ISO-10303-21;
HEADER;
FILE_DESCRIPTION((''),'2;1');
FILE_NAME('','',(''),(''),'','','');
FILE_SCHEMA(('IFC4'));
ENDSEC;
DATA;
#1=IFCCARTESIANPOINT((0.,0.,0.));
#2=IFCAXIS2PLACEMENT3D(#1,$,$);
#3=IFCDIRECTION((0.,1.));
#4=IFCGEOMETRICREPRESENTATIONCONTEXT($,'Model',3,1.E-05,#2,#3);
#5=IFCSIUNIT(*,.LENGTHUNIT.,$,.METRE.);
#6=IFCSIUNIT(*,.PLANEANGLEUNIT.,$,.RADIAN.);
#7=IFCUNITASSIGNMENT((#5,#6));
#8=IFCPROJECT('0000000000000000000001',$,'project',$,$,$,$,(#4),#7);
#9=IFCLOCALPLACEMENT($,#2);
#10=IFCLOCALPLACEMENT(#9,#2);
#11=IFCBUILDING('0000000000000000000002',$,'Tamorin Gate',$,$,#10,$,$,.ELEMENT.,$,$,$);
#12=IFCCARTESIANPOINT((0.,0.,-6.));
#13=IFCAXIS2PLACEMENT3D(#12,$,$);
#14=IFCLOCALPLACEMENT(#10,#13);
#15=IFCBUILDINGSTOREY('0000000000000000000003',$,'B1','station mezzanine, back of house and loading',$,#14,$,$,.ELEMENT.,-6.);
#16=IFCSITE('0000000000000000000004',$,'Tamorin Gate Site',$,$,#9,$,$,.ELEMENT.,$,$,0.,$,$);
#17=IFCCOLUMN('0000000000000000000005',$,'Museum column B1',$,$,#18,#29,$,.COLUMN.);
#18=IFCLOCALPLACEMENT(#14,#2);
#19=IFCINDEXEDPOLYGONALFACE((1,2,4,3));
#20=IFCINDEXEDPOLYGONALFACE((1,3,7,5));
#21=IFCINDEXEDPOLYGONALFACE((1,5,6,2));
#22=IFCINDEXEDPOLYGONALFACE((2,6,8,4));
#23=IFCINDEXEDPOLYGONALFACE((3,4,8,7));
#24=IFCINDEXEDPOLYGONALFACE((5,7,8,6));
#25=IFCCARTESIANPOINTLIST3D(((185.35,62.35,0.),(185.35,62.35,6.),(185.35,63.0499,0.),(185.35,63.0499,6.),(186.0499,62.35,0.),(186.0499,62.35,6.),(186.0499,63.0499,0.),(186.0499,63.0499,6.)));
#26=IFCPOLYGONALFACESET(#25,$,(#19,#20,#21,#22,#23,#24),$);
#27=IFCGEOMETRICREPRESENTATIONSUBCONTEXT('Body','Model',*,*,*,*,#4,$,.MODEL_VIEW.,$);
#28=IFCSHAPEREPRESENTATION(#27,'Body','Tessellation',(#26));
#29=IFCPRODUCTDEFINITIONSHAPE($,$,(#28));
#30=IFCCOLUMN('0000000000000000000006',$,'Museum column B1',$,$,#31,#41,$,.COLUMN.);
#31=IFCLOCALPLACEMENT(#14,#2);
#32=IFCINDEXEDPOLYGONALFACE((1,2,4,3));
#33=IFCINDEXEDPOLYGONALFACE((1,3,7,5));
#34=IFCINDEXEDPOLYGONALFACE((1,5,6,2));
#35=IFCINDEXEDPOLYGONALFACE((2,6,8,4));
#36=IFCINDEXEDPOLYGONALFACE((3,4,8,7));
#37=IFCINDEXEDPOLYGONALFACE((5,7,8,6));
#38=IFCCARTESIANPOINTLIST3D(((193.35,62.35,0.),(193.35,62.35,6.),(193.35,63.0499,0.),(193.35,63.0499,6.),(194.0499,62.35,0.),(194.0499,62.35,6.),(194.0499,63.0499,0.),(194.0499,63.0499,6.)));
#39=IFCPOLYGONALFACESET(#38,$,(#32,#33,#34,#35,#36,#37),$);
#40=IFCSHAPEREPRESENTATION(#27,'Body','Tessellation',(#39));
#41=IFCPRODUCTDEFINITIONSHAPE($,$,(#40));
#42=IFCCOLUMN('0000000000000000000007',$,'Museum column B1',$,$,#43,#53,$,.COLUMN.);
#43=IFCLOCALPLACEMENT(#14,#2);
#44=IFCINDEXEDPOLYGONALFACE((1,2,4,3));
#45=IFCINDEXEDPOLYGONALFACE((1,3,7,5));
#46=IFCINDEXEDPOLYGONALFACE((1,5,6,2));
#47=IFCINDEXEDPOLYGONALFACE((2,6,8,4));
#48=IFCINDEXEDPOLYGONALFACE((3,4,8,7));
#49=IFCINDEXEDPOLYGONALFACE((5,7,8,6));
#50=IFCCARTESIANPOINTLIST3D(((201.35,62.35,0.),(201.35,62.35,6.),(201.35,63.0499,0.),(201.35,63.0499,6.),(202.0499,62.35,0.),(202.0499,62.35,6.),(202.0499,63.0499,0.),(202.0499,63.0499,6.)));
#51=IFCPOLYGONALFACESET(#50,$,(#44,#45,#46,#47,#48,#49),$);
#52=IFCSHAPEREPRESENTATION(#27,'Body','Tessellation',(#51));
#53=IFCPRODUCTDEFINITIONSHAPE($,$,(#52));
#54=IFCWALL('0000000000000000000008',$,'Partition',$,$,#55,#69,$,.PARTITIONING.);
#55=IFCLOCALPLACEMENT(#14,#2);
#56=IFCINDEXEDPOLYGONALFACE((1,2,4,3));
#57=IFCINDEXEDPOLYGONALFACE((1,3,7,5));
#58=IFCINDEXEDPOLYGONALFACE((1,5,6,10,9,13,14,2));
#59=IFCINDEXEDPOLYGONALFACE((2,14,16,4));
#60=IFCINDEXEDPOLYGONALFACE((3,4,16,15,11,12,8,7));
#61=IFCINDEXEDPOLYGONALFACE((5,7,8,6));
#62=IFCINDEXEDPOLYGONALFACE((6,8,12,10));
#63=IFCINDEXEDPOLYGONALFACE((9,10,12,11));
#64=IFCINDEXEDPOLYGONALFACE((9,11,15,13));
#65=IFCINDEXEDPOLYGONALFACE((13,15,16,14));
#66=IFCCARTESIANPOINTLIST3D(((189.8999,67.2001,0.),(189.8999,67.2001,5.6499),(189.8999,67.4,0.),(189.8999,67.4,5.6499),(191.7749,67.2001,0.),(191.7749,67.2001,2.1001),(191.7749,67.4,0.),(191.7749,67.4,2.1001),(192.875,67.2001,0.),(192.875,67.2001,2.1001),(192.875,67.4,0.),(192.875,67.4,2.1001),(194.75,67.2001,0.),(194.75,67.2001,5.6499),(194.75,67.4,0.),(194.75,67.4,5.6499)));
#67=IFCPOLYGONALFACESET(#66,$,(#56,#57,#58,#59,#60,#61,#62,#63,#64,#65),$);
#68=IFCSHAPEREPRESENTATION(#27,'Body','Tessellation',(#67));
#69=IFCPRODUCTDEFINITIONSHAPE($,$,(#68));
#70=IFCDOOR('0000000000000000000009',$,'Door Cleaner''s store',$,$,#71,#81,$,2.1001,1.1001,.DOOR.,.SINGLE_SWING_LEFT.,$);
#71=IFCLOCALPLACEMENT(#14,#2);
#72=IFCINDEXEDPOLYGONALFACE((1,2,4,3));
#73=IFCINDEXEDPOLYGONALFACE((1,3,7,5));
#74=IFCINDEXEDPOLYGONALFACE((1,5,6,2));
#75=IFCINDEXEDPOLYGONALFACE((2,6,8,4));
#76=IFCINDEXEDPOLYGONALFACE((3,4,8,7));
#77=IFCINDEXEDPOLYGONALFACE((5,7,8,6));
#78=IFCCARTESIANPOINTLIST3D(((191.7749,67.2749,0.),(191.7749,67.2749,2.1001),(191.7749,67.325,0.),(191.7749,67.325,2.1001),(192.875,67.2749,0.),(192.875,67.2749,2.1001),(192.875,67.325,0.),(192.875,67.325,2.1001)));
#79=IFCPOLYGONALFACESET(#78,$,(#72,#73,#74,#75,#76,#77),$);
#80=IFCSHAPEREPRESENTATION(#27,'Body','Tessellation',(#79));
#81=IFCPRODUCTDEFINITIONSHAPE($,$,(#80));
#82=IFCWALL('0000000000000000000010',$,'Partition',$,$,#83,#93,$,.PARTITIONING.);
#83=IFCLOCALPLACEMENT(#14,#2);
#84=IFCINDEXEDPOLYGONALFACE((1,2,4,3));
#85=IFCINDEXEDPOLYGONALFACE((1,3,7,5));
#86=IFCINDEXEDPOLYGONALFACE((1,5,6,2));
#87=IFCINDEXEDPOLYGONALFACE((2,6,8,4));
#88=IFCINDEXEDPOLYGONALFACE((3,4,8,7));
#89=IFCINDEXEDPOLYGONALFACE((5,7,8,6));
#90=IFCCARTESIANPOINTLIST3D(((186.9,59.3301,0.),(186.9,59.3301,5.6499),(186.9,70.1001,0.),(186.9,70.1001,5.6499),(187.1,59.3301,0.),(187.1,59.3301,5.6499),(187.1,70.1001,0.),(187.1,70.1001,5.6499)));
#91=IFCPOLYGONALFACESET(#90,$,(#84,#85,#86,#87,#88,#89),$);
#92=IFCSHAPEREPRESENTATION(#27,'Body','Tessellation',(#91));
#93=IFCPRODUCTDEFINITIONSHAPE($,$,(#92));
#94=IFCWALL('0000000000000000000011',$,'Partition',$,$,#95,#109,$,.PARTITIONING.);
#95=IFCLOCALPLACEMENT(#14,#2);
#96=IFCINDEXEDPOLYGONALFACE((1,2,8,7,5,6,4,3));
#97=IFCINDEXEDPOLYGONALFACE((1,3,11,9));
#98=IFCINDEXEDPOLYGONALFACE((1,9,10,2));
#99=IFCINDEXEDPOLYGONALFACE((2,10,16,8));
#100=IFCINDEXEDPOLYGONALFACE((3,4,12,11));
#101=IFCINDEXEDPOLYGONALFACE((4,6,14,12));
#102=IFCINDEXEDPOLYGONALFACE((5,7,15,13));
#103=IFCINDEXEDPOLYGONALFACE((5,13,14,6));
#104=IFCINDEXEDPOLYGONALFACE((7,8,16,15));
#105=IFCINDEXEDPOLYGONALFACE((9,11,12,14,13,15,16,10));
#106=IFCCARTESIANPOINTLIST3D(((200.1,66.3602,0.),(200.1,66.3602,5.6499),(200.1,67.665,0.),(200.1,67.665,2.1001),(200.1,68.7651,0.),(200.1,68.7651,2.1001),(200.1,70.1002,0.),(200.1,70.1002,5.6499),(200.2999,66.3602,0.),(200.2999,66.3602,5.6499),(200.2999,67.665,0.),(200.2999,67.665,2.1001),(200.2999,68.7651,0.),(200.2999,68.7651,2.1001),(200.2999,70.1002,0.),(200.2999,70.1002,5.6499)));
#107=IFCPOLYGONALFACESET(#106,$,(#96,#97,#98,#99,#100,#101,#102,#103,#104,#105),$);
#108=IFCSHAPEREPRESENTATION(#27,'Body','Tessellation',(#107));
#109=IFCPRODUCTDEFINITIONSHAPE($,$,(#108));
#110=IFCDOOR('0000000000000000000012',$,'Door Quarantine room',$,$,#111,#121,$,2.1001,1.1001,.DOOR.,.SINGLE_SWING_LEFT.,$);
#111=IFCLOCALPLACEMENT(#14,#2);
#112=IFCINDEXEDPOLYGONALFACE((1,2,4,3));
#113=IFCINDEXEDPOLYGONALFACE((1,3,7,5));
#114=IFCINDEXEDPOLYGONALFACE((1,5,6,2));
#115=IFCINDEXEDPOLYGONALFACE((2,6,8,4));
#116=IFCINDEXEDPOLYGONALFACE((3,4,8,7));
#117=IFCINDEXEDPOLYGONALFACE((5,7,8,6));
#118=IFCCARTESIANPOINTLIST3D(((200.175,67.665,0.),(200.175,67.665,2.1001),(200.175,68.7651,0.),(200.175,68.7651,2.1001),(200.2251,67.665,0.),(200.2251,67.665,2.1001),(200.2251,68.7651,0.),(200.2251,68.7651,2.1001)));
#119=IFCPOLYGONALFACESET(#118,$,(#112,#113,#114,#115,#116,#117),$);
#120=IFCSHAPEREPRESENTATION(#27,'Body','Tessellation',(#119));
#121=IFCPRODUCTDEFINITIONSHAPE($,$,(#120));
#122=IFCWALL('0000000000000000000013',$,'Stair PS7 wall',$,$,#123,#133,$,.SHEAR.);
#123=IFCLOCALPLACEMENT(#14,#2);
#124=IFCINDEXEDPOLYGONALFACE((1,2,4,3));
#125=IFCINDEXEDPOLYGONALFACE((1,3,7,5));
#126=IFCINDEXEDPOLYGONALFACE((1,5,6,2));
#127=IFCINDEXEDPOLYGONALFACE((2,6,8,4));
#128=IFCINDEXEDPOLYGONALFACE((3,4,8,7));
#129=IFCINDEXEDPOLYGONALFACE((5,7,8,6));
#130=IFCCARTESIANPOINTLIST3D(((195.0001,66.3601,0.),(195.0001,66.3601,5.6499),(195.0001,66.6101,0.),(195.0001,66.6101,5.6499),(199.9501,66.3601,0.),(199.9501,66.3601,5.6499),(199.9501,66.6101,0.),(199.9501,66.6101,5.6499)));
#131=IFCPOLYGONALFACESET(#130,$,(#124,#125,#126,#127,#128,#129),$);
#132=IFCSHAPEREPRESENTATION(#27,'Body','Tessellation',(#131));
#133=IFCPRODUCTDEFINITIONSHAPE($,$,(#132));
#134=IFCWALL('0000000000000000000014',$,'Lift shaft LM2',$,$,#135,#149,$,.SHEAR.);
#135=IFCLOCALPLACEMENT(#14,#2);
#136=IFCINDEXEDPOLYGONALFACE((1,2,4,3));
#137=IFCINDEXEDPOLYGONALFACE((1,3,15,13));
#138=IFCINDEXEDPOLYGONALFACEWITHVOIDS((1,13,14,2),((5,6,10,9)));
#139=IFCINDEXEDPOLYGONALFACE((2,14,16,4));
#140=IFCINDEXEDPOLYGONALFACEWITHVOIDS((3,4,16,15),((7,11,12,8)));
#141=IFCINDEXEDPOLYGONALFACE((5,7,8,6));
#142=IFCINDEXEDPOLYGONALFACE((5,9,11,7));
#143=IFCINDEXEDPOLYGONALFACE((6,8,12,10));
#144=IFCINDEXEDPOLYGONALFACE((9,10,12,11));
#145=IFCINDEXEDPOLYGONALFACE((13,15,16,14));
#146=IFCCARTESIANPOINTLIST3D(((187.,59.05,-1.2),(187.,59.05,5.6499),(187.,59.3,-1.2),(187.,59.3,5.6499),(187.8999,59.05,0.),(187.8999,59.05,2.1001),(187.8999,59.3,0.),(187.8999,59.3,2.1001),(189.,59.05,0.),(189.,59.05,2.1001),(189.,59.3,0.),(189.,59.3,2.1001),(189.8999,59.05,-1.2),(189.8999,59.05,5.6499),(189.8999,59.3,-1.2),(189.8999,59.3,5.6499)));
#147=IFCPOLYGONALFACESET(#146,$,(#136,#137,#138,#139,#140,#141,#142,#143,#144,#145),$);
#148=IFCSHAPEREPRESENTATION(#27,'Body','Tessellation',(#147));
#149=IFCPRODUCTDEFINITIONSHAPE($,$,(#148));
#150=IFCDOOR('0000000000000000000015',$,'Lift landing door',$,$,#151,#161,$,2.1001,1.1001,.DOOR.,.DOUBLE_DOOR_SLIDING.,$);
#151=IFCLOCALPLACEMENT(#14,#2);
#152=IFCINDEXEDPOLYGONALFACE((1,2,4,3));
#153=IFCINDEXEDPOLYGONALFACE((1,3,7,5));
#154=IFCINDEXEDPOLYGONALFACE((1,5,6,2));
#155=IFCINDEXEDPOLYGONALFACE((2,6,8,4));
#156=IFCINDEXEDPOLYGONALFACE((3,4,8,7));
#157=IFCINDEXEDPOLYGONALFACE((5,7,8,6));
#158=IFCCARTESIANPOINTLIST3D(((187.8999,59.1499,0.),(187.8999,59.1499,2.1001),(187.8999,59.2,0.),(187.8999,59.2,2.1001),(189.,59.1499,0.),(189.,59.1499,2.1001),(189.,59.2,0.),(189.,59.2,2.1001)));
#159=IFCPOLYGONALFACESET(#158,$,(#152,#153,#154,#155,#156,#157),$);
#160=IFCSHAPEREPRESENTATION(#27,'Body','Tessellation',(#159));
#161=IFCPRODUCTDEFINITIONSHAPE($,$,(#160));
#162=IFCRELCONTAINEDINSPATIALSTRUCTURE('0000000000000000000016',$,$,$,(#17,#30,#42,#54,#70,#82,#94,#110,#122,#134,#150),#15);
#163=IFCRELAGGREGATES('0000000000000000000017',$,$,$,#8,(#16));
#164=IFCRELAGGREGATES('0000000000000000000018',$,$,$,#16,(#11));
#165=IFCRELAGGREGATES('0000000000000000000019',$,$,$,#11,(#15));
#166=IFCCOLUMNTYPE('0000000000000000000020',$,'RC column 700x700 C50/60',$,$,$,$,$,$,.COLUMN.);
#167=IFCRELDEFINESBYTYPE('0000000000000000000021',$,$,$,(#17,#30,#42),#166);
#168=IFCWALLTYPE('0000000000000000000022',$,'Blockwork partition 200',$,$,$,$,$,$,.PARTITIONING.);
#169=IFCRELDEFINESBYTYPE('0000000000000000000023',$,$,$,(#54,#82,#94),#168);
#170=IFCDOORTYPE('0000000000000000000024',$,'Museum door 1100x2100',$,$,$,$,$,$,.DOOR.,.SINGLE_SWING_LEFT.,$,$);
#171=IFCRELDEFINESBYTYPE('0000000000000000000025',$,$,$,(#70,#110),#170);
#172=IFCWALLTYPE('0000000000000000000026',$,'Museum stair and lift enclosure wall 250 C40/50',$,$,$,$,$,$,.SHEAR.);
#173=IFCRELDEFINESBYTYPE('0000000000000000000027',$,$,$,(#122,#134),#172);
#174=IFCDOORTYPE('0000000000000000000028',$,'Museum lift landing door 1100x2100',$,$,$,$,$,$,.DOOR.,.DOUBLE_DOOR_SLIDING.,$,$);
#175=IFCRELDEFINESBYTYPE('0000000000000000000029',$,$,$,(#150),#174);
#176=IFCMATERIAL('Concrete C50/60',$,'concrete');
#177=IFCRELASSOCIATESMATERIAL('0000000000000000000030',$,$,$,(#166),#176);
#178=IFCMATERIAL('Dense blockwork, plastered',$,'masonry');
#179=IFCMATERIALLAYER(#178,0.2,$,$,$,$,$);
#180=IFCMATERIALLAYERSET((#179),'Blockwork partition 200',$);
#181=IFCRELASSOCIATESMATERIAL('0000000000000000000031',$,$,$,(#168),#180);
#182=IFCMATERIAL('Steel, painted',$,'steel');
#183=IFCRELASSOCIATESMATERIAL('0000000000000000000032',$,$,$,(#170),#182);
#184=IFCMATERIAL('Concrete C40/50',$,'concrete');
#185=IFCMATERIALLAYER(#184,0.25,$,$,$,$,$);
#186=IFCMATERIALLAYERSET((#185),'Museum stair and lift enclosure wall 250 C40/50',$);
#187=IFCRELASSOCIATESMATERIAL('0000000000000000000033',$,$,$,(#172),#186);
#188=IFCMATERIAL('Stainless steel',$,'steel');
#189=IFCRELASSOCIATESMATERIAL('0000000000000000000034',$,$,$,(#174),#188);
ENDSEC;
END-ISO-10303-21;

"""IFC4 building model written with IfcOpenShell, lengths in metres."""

from ifc_helpers import new_model, si_unit, direction, frame, frame_2d, origin, origin_2d, place, context, subcontext, project, spatial, rectangle, extrude, material, layer, layer_set, material_profile, profile_set, type_object, element, fill, save


model = new_model("IFC4")

# Units and contexts
model_context = context("Model", 3, precision=1e-05, world=origin(), true_north=direction((0.0, 1.0)))
body_context = subcontext(model_context, "Body", "Model", "MODEL_VIEW")
ifc_project = project(units=[si_unit("LENGTHUNIT", "METRE"), si_unit("PLANEANGLEUNIT", "RADIAN")], contexts=[model_context])

# Site, building, storey
site_placement = place(None, origin())
site = spatial("IfcSite", under=ifc_project, at=site_placement, Name="Tamorin Gate Site", CompositionType="ELEMENT", RefElevation=0.0)
building_placement = place(site_placement, origin())
building = spatial("IfcBuilding", under=site, at=building_placement, Name="Tamorin Gate", CompositionType="ELEMENT")
storey_placement = place(building_placement, frame((0.0, 0.0, -6.0)))
storey = spatial("IfcBuildingStorey", under=building, at=storey_placement, Name="B1", Description="station mezzanine, back of house and loading", CompositionType="ELEMENT", Elevation=-6.0)

# Shared definitions
ifc_material_1 = material(Name="Concrete C40/50", Category="concrete")

# Columns
ifc_material_2 = material(Name="Concrete C50/60", Category="concrete")
ifc_material_profile_1 = material_profile(ifc_material_2, rectangle(XDim=0.7, YDim=0.7, at=origin_2d()), Name="RC 700x700")
ifc_profile_set_1 = profile_set([ifc_material_profile_1], Name="Concrete C50/60")
column_type = type_object("IfcColumnType", Name="RC column 700x700 C50/60", PredefinedType="COLUMN", material=ifc_profile_set_1)
for number, where, z_axis, x_axis, name in (
    (1, (185.7, 62.7, 0.0), (0.0, 0.0, 1.0), (1.0, 0.0, 0.0), "Museum column B1"),
    (2, (193.7, 62.7, 0.0), (0.0, 0.0, 1.0), (1.0, 0.0, 0.0), "Museum column B1"),
    (3, (201.7, 62.7, 0.0), (0.0, 0.0, 1.0), (1.0, 0.0, 0.0), "Museum column B1"),
):
    element("IfcColumn", number, at=place(storey_placement, frame(where, z_axis=z_axis, x_axis=x_axis)), inside=storey, type_object=column_type, Name=name, PredefinedType="COLUMN", context=body_context, shape_type="SweptSolid", body=[
        extrude(rectangle(XDim=0.7, YDim=0.7, at=origin_2d()), origin(), (0.0, 0.0, 1.0), 6.0),
    ])

# Wall, opening, door
ifc_material_3 = material(Name="Dense blockwork, plastered", Category="masonry")
ifc_layer_1 = layer(ifc_material_3, 0.2)
ifc_layer_set_1 = layer_set([ifc_layer_1], Name="Blockwork partition 200")
wall_type_1 = type_object("IfcWallType", Name="Blockwork partition 200", PredefinedType="PARTITIONING", material=ifc_layer_set_1)
wall_1_placement = place(storey_placement, frame((189.8999, 67.3, 0.0), z_axis=(0.0, 0.0, 1.0), x_axis=(1.0, 0.0, 0.0)))
wall_1 = element("IfcWall", 4, at=wall_1_placement, inside=storey, type_object=wall_type_1, Name="Partition", PredefinedType="PARTITIONING", context=body_context, shape_type="SweptSolid", body=[
    extrude(rectangle(XDim=4.8501, YDim=0.2, at=frame_2d((2.425, 0.0))), origin(), (0.0, 0.0, 1.0), 5.6499),
])
opening_1_placement = place(wall_1_placement, frame((1.875, 0.0, 0.0)))
opening_1 = element("IfcOpeningElement", 5, at=opening_1_placement, cuts=wall_1, PredefinedType="OPENING", context=body_context, shape_type="SweptSolid", body=[
    extrude(rectangle(XDim=1.1001, YDim=2.1001, at=frame_2d((0.55, 1.05))), frame((0.0, 0.1099, 0.0), z_axis=(0.0, -1.0, 0.0), x_axis=(1.0, 0.0, 0.0)), (0.0, 0.0, 1.0), 0.22),
])
ifc_material_4 = material(Name="Steel, painted", Category="steel")
door_type_1 = type_object("IfcDoorType", Name="Museum door 1100x2100", OperationType="SINGLE_SWING_LEFT", PredefinedType="DOOR", material=ifc_material_4)
door_1_placement = place(opening_1_placement, origin())
door_1 = element("IfcDoor", 6, at=door_1_placement, inside=storey, type_object=door_type_1, Name="Door Cleaner's store", OperationType="SINGLE_SWING_LEFT", OverallHeight=2.1001, OverallWidth=1.1001, PredefinedType="DOOR", context=body_context, shape_type="SweptSolid", body=[
    extrude(rectangle(XDim=1.1001, YDim=2.1001, at=frame_2d((0.55, 1.05))), frame((0.0, 0.0249, 0.0), z_axis=(0.0, -1.0, 0.0), x_axis=(1.0, 0.0, 0.0)), (0.0, 0.0, 1.0), 0.05),
])
fill(opening_1, door_1)

# Wall
wall_2_placement = place(storey_placement, frame((187.0, 59.3301, 0.0), z_axis=(0.0, 0.0, 1.0), x_axis=(0.0, 1.0, 0.0)))
element("IfcWall", 7, at=wall_2_placement, inside=storey, type_object=wall_type_1, Name="Partition", PredefinedType="PARTITIONING", context=body_context, shape_type="SweptSolid", body=[
    extrude(rectangle(XDim=10.77, YDim=0.2, at=frame_2d((5.385, 0.0))), origin(), (0.0, 0.0, 1.0), 5.6499),
])

# Wall, opening, door
wall_3_placement = place(storey_placement, frame((200.2, 66.3601, 0.0), z_axis=(0.0, 0.0, 1.0), x_axis=(0.0, 1.0, 0.0)))
wall_3 = element("IfcWall", 8, at=wall_3_placement, inside=storey, type_object=wall_type_1, Name="Partition", PredefinedType="PARTITIONING", context=body_context, shape_type="SweptSolid", body=[
    extrude(rectangle(XDim=3.74, YDim=0.2, at=frame_2d((1.8701, 0.0))), origin(), (0.0, 0.0, 1.0), 5.6499),
])
opening_2_placement = place(wall_3_placement, frame((1.3049, 0.0, 0.0)))
opening_2 = element("IfcOpeningElement", 9, at=opening_2_placement, cuts=wall_3, PredefinedType="OPENING", context=body_context, shape_type="SweptSolid", body=[
    extrude(rectangle(XDim=1.1001, YDim=2.1001, at=frame_2d((0.55, 1.05))), frame((0.0, 0.1099, 0.0), z_axis=(0.0, -1.0, 0.0), x_axis=(1.0, 0.0, 0.0)), (0.0, 0.0, 1.0), 0.22),
])
door_2_placement = place(opening_2_placement, origin())
door_2 = element("IfcDoor", 10, at=door_2_placement, inside=storey, type_object=door_type_1, Name="Door Quarantine room", OperationType="SINGLE_SWING_LEFT", OverallHeight=2.1001, OverallWidth=1.1001, PredefinedType="DOOR", context=body_context, shape_type="SweptSolid", body=[
    extrude(rectangle(XDim=1.1001, YDim=2.1001, at=frame_2d((0.55, 1.05))), frame((0.0, 0.0249, 0.0), z_axis=(0.0, -1.0, 0.0), x_axis=(1.0, 0.0, 0.0)), (0.0, 0.0, 1.0), 0.05),
])
fill(opening_2, door_2)

# Wall
ifc_layer_2 = layer(ifc_material_1, 0.25)
ifc_layer_set_2 = layer_set([ifc_layer_2], Name="Museum stair and lift enclosure wall 250 C40/50")
wall_type_2 = type_object("IfcWallType", Name="Museum stair and lift enclosure wall 250 C40/50", PredefinedType="SHEAR", material=ifc_layer_set_2)
wall_4_placement = place(storey_placement, frame((195.0, 66.4851, 0.0), z_axis=(0.0, 0.0, 1.0), x_axis=(1.0, 0.0, 0.0)))
element("IfcWall", 11, at=wall_4_placement, inside=storey, type_object=wall_type_2, Name="Stair PS7 wall", PredefinedType="SHEAR", context=body_context, shape_type="SweptSolid", body=[
    extrude(rectangle(XDim=4.95, YDim=0.25, at=frame_2d((2.4751, 0.0))), origin(), (0.0, 0.0, 1.0), 5.6499),
])

# Wall, opening, door
wall_5_placement = place(storey_placement, frame((187.0, 59.175, -1.2), z_axis=(0.0, 0.0, 1.0), x_axis=(1.0, 0.0, 0.0)))
wall_5 = element("IfcWall", 12, at=wall_5_placement, inside=storey, type_object=wall_type_2, Name="Lift shaft LM2", PredefinedType="SHEAR", context=body_context, shape_type="SweptSolid", body=[
    extrude(rectangle(XDim=2.8999, YDim=0.25, at=frame_2d((1.45, 0.0))), origin(), (0.0, 0.0, 1.0), 6.8499),
])
opening_3_placement = place(wall_5_placement, frame((0.8999, 0.0, 1.2)))
opening_3 = element("IfcOpeningElement", 13, at=opening_3_placement, cuts=wall_5, PredefinedType="OPENING", context=body_context, shape_type="SweptSolid", body=[
    extrude(rectangle(XDim=1.1001, YDim=2.1001, at=frame_2d((0.55, 1.05))), frame((0.0, 0.135, 0.0), z_axis=(0.0, -1.0, 0.0), x_axis=(1.0, 0.0, 0.0)), (0.0, 0.0, 1.0), 0.27),
])
ifc_material_5 = material(Name="Stainless steel", Category="steel")
door_type_2 = type_object("IfcDoorType", Name="Museum lift landing door 1100x2100", OperationType="DOUBLE_DOOR_SLIDING", PredefinedType="DOOR", material=ifc_material_5)
door_3_placement = place(opening_3_placement, origin())
door_3 = element("IfcDoor", 14, at=door_3_placement, inside=storey, type_object=door_type_2, Name="Lift landing door", OperationType="DOUBLE_DOOR_SLIDING", OverallHeight=2.1001, OverallWidth=1.1001, PredefinedType="DOOR", context=body_context, shape_type="SweptSolid", body=[
    extrude(rectangle(XDim=1.1001, YDim=2.1001, at=frame_2d((0.55, 1.05))), frame((0.0, 0.0249, 0.0), z_axis=(0.0, -1.0, 0.0), x_axis=(1.0, 0.0, 0.0)), (0.0, 0.0, 1.0), 0.05),
])
fill(opening_3, door_3)

save(model, "model.ifc")
